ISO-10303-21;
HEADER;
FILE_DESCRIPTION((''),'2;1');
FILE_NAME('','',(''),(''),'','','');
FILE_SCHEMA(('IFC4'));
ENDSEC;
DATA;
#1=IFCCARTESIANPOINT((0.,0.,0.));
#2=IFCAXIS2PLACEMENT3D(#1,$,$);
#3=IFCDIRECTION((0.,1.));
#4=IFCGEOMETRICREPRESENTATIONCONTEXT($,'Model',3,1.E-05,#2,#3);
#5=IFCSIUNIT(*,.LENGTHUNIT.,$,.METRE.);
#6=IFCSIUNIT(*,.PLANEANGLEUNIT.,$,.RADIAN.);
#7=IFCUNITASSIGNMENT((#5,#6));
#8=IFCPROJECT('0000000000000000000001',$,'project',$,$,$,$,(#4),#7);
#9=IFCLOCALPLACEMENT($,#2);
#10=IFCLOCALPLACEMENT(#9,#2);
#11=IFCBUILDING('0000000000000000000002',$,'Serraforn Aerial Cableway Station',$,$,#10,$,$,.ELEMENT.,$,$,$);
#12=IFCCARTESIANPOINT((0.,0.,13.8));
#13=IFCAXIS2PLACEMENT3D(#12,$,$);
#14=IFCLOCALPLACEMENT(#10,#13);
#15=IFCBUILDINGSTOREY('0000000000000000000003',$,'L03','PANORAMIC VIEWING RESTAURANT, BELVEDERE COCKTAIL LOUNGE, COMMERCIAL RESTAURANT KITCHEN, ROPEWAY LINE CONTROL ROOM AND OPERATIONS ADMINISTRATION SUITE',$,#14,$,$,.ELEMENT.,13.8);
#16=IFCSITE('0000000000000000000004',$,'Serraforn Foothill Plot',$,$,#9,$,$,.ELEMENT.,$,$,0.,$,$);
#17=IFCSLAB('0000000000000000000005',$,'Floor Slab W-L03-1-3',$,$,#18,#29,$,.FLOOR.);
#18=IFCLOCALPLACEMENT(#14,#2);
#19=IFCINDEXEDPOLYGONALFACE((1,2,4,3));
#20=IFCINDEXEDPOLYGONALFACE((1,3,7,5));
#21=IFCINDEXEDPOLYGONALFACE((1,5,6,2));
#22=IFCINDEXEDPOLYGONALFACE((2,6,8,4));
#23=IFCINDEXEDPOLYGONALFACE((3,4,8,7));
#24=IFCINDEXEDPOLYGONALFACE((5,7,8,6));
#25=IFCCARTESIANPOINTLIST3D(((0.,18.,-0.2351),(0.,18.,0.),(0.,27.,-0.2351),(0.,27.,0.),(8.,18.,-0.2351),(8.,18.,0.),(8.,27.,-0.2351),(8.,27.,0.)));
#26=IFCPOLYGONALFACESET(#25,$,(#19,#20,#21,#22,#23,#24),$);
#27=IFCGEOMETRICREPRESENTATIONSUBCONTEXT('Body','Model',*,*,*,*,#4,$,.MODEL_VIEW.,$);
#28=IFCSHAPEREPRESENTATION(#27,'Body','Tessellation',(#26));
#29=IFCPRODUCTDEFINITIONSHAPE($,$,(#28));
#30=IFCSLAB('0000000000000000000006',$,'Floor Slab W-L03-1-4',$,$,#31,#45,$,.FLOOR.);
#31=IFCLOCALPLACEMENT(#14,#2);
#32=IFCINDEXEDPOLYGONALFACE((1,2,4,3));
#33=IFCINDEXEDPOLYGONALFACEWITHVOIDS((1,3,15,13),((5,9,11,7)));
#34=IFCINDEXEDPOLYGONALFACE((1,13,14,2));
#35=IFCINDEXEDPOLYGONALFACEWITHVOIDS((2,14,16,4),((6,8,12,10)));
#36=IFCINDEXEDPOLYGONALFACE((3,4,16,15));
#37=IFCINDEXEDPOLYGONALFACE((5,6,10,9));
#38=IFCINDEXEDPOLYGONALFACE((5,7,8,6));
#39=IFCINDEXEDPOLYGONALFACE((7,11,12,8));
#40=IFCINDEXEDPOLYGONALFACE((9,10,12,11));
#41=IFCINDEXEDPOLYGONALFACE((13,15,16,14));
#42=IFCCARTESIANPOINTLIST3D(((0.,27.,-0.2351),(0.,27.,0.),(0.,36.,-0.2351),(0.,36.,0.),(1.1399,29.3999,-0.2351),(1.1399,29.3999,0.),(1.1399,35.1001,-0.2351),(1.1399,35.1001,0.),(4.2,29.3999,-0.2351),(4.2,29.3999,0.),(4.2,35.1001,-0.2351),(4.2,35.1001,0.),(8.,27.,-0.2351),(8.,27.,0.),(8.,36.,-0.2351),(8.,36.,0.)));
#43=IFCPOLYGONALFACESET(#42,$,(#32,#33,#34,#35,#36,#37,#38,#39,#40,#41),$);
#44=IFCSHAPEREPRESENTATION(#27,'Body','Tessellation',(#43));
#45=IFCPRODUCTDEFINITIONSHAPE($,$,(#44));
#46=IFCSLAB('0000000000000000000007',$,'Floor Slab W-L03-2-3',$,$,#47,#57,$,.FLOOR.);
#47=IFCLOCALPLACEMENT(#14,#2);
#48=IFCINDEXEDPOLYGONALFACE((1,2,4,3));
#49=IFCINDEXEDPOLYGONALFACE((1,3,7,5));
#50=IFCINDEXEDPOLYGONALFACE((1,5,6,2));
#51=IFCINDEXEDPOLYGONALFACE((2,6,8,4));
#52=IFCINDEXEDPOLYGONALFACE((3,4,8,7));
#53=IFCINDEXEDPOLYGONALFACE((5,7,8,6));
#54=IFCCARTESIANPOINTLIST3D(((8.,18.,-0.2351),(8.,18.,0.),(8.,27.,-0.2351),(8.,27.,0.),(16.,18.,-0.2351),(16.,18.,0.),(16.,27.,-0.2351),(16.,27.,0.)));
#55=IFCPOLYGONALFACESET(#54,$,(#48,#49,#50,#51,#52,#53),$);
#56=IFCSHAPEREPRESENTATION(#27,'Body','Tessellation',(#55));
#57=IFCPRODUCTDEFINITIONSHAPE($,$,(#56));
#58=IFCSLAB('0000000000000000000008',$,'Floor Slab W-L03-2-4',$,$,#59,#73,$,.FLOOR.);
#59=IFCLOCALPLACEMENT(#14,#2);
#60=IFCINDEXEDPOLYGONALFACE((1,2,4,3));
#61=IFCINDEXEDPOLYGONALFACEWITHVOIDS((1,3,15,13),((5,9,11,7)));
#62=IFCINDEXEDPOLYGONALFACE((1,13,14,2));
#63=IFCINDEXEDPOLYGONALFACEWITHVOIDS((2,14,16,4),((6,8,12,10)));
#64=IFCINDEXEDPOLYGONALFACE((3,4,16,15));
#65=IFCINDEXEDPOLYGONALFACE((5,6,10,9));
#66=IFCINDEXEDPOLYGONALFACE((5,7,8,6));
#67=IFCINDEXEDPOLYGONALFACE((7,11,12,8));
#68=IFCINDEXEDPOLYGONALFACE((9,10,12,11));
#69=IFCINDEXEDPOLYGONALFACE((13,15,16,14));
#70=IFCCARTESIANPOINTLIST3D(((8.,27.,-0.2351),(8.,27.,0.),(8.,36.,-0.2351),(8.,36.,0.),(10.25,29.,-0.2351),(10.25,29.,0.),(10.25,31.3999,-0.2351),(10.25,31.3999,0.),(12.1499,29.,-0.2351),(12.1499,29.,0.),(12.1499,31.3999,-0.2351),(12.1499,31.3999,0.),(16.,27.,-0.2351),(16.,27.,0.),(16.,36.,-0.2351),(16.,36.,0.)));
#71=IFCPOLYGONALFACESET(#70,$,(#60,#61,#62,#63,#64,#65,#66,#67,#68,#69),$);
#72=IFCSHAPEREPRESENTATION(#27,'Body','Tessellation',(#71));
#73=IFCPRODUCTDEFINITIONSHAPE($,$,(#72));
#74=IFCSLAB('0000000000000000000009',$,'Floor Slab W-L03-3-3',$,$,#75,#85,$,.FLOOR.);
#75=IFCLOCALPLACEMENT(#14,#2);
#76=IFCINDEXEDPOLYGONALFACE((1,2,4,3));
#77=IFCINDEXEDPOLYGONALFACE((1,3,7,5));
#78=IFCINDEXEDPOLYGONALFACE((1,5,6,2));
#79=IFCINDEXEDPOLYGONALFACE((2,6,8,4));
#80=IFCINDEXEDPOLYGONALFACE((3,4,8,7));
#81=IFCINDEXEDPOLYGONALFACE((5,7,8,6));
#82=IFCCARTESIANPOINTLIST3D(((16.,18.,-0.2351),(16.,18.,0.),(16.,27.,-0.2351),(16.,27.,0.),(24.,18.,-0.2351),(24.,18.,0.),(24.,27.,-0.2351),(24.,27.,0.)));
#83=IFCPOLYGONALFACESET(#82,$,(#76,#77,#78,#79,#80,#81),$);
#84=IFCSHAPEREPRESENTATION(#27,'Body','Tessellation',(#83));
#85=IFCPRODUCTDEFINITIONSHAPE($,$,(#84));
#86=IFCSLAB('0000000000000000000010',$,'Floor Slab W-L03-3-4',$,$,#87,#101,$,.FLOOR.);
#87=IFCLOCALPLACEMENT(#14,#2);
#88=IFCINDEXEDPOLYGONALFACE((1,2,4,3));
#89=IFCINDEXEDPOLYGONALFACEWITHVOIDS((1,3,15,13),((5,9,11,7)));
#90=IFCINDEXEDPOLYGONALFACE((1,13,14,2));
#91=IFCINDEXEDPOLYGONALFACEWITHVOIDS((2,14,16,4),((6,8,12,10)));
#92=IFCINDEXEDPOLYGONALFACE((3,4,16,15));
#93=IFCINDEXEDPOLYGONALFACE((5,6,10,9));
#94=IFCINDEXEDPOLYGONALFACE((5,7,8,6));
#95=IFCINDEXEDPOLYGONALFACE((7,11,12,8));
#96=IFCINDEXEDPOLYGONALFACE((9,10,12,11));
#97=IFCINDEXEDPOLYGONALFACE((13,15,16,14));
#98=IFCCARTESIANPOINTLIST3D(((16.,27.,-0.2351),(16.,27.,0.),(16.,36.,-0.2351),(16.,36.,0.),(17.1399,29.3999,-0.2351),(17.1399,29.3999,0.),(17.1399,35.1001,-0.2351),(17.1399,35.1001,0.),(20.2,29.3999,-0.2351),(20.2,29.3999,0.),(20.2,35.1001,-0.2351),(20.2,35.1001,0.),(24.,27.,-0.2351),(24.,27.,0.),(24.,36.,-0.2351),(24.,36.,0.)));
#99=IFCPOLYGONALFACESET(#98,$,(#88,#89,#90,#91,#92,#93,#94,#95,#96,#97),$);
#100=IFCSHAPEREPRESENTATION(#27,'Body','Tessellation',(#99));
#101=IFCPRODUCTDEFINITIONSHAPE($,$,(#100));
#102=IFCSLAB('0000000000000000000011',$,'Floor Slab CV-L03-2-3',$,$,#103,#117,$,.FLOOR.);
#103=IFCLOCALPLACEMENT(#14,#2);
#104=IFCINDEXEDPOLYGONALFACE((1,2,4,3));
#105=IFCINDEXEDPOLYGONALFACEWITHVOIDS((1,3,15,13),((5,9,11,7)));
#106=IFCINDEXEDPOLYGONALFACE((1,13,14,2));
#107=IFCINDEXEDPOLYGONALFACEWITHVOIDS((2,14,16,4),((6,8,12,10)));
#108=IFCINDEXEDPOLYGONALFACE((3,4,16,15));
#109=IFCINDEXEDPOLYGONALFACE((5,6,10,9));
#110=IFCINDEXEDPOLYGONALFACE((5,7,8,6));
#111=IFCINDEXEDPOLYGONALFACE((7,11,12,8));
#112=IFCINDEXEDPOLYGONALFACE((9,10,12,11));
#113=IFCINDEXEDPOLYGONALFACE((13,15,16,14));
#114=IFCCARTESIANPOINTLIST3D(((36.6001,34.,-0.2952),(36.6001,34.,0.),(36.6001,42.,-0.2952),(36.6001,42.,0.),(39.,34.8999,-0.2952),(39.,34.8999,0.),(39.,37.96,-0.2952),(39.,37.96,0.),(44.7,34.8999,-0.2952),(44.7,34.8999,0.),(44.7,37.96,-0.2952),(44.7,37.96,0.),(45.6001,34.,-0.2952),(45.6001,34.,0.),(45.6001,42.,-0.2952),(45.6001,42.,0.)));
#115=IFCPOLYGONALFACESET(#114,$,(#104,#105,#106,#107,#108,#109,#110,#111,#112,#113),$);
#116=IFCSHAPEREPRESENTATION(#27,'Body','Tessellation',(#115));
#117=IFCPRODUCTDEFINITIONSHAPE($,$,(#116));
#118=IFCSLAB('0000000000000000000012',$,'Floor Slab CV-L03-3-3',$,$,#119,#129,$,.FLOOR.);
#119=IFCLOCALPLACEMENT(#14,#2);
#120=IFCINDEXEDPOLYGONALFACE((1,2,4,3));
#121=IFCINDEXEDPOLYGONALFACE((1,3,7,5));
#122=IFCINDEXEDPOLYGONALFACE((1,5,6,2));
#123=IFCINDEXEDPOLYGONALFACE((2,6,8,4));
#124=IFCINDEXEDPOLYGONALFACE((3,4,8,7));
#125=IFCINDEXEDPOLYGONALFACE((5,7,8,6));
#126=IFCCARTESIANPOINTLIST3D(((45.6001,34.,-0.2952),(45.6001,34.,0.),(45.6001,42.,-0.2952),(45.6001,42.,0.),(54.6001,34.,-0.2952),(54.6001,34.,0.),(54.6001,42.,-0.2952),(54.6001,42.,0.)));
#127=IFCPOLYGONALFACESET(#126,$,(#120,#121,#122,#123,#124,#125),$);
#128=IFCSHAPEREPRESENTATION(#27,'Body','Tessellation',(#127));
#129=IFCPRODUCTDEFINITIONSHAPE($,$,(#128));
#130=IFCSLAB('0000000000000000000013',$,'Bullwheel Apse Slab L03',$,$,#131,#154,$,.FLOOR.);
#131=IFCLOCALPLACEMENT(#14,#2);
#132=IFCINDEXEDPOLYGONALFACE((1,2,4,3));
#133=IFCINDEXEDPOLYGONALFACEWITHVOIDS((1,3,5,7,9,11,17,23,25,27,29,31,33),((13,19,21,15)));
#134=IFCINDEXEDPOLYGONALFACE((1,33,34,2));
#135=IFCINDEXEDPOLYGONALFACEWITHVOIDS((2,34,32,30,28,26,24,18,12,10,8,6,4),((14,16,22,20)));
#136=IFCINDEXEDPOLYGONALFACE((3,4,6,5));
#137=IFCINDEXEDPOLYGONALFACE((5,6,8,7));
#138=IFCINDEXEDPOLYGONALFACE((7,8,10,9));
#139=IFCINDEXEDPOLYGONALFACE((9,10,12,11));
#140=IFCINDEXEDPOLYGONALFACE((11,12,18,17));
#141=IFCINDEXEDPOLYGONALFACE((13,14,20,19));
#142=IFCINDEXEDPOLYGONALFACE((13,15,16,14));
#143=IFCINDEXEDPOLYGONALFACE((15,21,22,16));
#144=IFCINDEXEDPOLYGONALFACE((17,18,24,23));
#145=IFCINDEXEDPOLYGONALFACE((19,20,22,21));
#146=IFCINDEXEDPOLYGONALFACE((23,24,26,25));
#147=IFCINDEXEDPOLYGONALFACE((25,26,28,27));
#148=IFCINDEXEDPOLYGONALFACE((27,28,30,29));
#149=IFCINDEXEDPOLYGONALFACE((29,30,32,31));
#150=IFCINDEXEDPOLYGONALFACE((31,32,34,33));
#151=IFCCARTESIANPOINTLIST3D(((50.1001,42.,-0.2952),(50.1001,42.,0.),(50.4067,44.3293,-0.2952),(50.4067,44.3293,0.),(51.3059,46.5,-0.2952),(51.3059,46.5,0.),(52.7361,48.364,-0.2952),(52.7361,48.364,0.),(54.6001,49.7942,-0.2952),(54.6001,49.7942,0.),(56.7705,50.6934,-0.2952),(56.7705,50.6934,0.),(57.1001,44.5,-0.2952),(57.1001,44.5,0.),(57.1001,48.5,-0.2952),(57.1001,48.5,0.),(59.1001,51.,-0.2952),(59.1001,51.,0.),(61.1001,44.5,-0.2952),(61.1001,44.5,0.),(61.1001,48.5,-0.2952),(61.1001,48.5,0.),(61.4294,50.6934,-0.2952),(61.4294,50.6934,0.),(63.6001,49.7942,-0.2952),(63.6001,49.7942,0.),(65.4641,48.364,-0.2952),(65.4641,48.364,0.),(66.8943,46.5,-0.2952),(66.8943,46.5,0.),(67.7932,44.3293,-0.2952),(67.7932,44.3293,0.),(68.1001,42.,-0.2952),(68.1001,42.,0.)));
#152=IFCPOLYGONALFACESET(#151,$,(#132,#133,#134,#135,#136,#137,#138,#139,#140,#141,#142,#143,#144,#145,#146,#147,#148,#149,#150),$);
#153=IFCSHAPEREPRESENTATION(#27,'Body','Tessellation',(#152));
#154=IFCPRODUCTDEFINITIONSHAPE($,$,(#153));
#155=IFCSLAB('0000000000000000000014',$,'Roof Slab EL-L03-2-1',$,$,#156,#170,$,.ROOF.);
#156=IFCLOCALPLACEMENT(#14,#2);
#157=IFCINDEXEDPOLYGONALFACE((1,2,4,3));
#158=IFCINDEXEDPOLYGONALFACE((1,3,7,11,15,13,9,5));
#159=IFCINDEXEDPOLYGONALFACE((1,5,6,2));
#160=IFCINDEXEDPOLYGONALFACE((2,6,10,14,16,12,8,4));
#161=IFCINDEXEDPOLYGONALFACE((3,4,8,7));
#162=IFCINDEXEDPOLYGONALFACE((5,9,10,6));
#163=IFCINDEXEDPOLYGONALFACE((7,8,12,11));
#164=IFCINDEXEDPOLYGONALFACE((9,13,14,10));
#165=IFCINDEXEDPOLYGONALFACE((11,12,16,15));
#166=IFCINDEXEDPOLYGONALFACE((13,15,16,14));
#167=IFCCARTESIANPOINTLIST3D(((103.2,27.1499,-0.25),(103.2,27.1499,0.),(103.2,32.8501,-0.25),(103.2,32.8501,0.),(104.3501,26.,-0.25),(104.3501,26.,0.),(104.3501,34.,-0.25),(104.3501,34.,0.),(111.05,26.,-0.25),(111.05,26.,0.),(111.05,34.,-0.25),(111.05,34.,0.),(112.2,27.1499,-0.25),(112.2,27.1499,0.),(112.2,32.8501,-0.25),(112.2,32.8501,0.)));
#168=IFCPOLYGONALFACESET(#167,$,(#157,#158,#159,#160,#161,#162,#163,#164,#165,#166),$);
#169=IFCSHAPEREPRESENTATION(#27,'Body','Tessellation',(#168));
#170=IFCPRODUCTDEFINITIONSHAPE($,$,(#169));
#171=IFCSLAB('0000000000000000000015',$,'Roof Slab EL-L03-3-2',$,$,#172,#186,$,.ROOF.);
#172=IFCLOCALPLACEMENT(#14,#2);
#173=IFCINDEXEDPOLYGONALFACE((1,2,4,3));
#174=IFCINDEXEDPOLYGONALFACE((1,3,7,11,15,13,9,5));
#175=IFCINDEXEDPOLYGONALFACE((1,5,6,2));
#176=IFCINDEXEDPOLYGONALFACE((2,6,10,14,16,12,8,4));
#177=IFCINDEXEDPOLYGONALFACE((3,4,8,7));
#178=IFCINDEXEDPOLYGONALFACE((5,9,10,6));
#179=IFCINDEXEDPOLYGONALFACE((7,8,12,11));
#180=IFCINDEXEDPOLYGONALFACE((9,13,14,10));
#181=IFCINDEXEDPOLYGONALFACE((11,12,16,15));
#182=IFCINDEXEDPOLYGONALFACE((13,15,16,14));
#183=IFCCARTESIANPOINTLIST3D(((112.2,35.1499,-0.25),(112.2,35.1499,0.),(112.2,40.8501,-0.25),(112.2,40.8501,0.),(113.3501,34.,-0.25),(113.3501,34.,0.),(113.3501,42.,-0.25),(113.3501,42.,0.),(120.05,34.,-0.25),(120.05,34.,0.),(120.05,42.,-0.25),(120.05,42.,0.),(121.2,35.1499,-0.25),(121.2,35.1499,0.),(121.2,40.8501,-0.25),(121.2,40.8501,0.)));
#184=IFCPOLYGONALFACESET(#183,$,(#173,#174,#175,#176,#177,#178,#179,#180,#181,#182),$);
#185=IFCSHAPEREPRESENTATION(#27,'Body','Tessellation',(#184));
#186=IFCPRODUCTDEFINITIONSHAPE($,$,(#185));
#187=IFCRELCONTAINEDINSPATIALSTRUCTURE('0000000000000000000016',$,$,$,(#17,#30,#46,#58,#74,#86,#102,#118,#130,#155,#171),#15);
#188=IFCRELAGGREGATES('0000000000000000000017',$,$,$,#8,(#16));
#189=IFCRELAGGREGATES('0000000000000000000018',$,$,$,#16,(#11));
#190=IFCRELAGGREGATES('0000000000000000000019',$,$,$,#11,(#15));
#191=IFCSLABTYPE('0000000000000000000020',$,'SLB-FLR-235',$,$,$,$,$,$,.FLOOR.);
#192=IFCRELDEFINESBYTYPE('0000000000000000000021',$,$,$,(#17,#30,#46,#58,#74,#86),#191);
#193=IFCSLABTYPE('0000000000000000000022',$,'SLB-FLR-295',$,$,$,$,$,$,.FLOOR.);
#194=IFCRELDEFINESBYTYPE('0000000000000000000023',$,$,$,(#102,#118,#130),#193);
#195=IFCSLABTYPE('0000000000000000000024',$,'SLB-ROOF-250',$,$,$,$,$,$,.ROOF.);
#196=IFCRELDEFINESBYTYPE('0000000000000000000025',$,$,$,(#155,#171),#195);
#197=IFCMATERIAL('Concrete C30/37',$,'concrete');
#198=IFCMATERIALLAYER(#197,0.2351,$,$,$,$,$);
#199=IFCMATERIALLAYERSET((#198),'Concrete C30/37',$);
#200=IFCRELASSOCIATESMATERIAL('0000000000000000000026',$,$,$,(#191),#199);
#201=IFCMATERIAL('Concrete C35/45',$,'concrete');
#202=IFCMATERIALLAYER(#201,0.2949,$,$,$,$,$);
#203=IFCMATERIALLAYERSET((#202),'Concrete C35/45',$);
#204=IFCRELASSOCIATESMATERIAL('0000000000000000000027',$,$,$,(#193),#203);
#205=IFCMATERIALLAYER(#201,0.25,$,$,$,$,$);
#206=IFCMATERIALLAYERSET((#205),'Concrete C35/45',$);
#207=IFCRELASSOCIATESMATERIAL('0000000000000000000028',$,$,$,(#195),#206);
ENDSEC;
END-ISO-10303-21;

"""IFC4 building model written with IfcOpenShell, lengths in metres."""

from ifc_helpers import new_model, si_unit, direction, frame, origin, place, context, subcontext, project, spatial, polyline, outline, extrude, material, layer, layer_set, type_object, element, save


model = new_model("IFC4")

# Units and contexts
model_context = context("Model", 3, precision=1e-05, world=origin(), true_north=direction((0.0, 1.0)))
body_context = subcontext(model_context, "Body", "Model", "MODEL_VIEW")
ifc_project = project(units=[si_unit("LENGTHUNIT", "METRE"), si_unit("PLANEANGLEUNIT", "RADIAN")], contexts=[model_context])

# Site, building, storey
site_placement = place(None, origin())
site = spatial("IfcSite", under=ifc_project, at=site_placement, Name="Serraforn Foothill Plot", CompositionType="ELEMENT", RefElevation=0.0)
building_placement = place(site_placement, origin())
building = spatial("IfcBuilding", under=site, at=building_placement, Name="Serraforn Aerial Cableway Station", CompositionType="ELEMENT")
storey_placement = place(building_placement, frame((0.0, 0.0, 13.8)))
storey = spatial("IfcBuildingStorey", under=building, at=storey_placement, Name="L03", Description="PANORAMIC VIEWING RESTAURANT, BELVEDERE COCKTAIL LOUNGE, COMMERCIAL RESTAURANT KITCHEN, ROPEWAY LINE CONTROL ROOM AND OPERATIONS ADMINISTRATION SUITE", CompositionType="ELEMENT", Elevation=13.8)

# Slabs
ifc_material_1 = material(Name="Concrete C30/37", Category="concrete")
ifc_layer_1 = layer(ifc_material_1, 0.2351)
ifc_layer_set_1 = layer_set([ifc_layer_1], Name="Concrete C30/37")
slab_type_1 = type_object("IfcSlabType", Name="SLB-FLR-235", PredefinedType="FLOOR", material=ifc_layer_set_1)
slab_1_placement = place(storey_placement, frame((0.0, 0.0, -0.2351)))
element("IfcSlab", 1, at=slab_1_placement, inside=storey, type_object=slab_type_1, Name="Floor Slab W-L03-1-3", PredefinedType="FLOOR", context=body_context, shape_type="SweptSolid", body=[
    extrude(outline(polyline([(0.0, 18.0), (8.0, 18.0), (8.0, 27.0), (0.0, 27.0), (0.0, 18.0)])), origin(), (0.0, 0.0, 1.0), 0.2351),
])
slab_2_placement = place(storey_placement, frame((0.0, 0.0, -0.2351)))
element("IfcSlab", 2, at=slab_2_placement, inside=storey, type_object=slab_type_1, Name="Floor Slab W-L03-1-4", PredefinedType="FLOOR", context=body_context, shape_type="SweptSolid", body=[
    extrude(outline(polyline([(0.0, 27.0), (8.0, 27.0), (8.0, 36.0), (0.0, 36.0), (0.0, 27.0)]), holes=[polyline([(4.2, 29.3999), (4.2, 35.1001), (1.1399, 35.1001), (1.1399, 29.3999), (4.2, 29.3999)])]), origin(), (0.0, 0.0, 1.0), 0.2351),
])
slab_3_placement = place(storey_placement, frame((0.0, 0.0, -0.2351)))
element("IfcSlab", 3, at=slab_3_placement, inside=storey, type_object=slab_type_1, Name="Floor Slab W-L03-2-3", PredefinedType="FLOOR", context=body_context, shape_type="SweptSolid", body=[
    extrude(outline(polyline([(8.0, 18.0), (16.0, 18.0), (16.0, 27.0), (8.0, 27.0), (8.0, 18.0)])), origin(), (0.0, 0.0, 1.0), 0.2351),
])
slab_4_placement = place(storey_placement, frame((0.0, 0.0, -0.2351)))
element("IfcSlab", 4, at=slab_4_placement, inside=storey, type_object=slab_type_1, Name="Floor Slab W-L03-2-4", PredefinedType="FLOOR", context=body_context, shape_type="SweptSolid", body=[
    extrude(outline(polyline([(8.0, 27.0), (16.0, 27.0), (16.0, 36.0), (8.0, 36.0), (8.0, 27.0)]), holes=[polyline([(10.25, 29.0), (12.1499, 29.0), (12.1499, 31.3999), (10.25, 31.3999), (10.25, 29.0)])]), origin(), (0.0, 0.0, 1.0), 0.2351),
])
slab_5_placement = place(storey_placement, frame((0.0, 0.0, -0.2351)))
element("IfcSlab", 5, at=slab_5_placement, inside=storey, type_object=slab_type_1, Name="Floor Slab W-L03-3-3", PredefinedType="FLOOR", context=body_context, shape_type="SweptSolid", body=[
    extrude(outline(polyline([(16.0, 18.0), (24.0, 18.0), (24.0, 27.0), (16.0, 27.0), (16.0, 18.0)])), origin(), (0.0, 0.0, 1.0), 0.2351),
])
slab_6_placement = place(storey_placement, frame((0.0, 0.0, -0.2351)))
element("IfcSlab", 6, at=slab_6_placement, inside=storey, type_object=slab_type_1, Name="Floor Slab W-L03-3-4", PredefinedType="FLOOR", context=body_context, shape_type="SweptSolid", body=[
    extrude(outline(polyline([(16.0, 27.0), (24.0, 27.0), (24.0, 36.0), (16.0, 36.0), (16.0, 27.0)]), holes=[polyline([(20.2, 29.3999), (20.2, 35.1001), (17.1399, 35.1001), (17.1399, 29.3999), (20.2, 29.3999)])]), origin(), (0.0, 0.0, 1.0), 0.2351),
])
ifc_material_2 = material(Name="Concrete C35/45", Category="concrete")
ifc_layer_2 = layer(ifc_material_2, 0.2949)
ifc_layer_set_2 = layer_set([ifc_layer_2], Name="Concrete C35/45")
slab_type_2 = type_object("IfcSlabType", Name="SLB-FLR-295", PredefinedType="FLOOR", material=ifc_layer_set_2)
slab_7_placement = place(storey_placement, frame((0.0, 0.0, -0.2952)))
element("IfcSlab", 7, at=slab_7_placement, inside=storey, type_object=slab_type_2, Name="Floor Slab CV-L03-2-3", PredefinedType="FLOOR", context=body_context, shape_type="SweptSolid", body=[
    extrude(outline(polyline([(36.6001, 34.0), (45.6001, 34.0), (45.6001, 42.0), (36.6001, 42.0), (36.6001, 34.0)]), holes=[polyline([(39.0, 34.8999), (44.7, 34.8999), (44.7, 37.96), (39.0, 37.96), (39.0, 34.8999)])]), origin(), (0.0, 0.0, 1.0), 0.2952),
])
slab_8_placement = place(storey_placement, frame((0.0, 0.0, -0.2952)))
element("IfcSlab", 8, at=slab_8_placement, inside=storey, type_object=slab_type_2, Name="Floor Slab CV-L03-3-3", PredefinedType="FLOOR", context=body_context, shape_type="SweptSolid", body=[
    extrude(outline(polyline([(45.6001, 34.0), (54.6001, 34.0), (54.6001, 42.0), (45.6001, 42.0), (45.6001, 34.0)])), origin(), (0.0, 0.0, 1.0), 0.2952),
])
slab_9_placement = place(storey_placement, frame((0.0, 0.0, -0.2952)))
element("IfcSlab", 9, at=slab_9_placement, inside=storey, type_object=slab_type_2, Name="Bullwheel Apse Slab L03", PredefinedType="FLOOR", context=body_context, shape_type="SweptSolid", body=[
    extrude(outline(polyline([(50.1001, 42.0), (50.1001, 42.0), (50.4067, 44.3293), (51.3059, 46.5), (52.7361, 48.364), (54.6001, 49.7942), (56.7705, 50.6934), (59.1001, 51.0), (61.4294, 50.6934), (63.6001, 49.7942), (65.4641, 48.364), (66.8943, 46.5), (67.7932, 44.3293), (68.1001, 42.0), (68.1001, 42.0), (50.1001, 42.0)]), holes=[polyline([(57.1001, 44.5), (61.1001, 44.5), (61.1001, 48.5), (57.1001, 48.5), (57.1001, 44.5)])]), origin(), (0.0, 0.0, 1.0), 0.2952),
])

# Shared definitions
ifc_layer_3 = layer(ifc_material_2, 0.25)
ifc_layer_set_3 = layer_set([ifc_layer_3], Name="Concrete C35/45")
slab_type_3 = type_object("IfcSlabType", Name="SLB-ROOF-250", PredefinedType="ROOF", material=ifc_layer_set_3)

# Slab
slab_10_placement = place(storey_placement, frame((0.0, 0.0, -0.25)))
element("IfcSlab", 10, at=slab_10_placement, inside=storey, type_object=slab_type_3, Name="Roof Slab EL-L03-2-1", PredefinedType="ROOF", context=body_context, shape_type="SweptSolid", body=[
    extrude(outline(polyline([(104.3501, 26.0), (111.05, 26.0), (112.2, 27.1499), (112.2, 32.8501), (111.05, 34.0), (104.3501, 34.0), (103.2, 32.8501), (103.2, 27.1499), (104.3501, 26.0)])), origin(), (0.0, 0.0, 1.0), 0.25),
])

# Slab
slab_11_placement = place(storey_placement, frame((0.0, 0.0, -0.25)))
element("IfcSlab", 11, at=slab_11_placement, inside=storey, type_object=slab_type_3, Name="Roof Slab EL-L03-3-2", PredefinedType="ROOF", context=body_context, shape_type="SweptSolid", body=[
    extrude(outline(polyline([(113.3501, 34.0), (120.05, 34.0), (121.2, 35.1499), (121.2, 40.8501), (120.05, 42.0), (113.3501, 42.0), (112.2, 40.8501), (112.2, 35.1499), (113.3501, 34.0)])), origin(), (0.0, 0.0, 1.0), 0.25),
])

save(model, "model.ifc")
